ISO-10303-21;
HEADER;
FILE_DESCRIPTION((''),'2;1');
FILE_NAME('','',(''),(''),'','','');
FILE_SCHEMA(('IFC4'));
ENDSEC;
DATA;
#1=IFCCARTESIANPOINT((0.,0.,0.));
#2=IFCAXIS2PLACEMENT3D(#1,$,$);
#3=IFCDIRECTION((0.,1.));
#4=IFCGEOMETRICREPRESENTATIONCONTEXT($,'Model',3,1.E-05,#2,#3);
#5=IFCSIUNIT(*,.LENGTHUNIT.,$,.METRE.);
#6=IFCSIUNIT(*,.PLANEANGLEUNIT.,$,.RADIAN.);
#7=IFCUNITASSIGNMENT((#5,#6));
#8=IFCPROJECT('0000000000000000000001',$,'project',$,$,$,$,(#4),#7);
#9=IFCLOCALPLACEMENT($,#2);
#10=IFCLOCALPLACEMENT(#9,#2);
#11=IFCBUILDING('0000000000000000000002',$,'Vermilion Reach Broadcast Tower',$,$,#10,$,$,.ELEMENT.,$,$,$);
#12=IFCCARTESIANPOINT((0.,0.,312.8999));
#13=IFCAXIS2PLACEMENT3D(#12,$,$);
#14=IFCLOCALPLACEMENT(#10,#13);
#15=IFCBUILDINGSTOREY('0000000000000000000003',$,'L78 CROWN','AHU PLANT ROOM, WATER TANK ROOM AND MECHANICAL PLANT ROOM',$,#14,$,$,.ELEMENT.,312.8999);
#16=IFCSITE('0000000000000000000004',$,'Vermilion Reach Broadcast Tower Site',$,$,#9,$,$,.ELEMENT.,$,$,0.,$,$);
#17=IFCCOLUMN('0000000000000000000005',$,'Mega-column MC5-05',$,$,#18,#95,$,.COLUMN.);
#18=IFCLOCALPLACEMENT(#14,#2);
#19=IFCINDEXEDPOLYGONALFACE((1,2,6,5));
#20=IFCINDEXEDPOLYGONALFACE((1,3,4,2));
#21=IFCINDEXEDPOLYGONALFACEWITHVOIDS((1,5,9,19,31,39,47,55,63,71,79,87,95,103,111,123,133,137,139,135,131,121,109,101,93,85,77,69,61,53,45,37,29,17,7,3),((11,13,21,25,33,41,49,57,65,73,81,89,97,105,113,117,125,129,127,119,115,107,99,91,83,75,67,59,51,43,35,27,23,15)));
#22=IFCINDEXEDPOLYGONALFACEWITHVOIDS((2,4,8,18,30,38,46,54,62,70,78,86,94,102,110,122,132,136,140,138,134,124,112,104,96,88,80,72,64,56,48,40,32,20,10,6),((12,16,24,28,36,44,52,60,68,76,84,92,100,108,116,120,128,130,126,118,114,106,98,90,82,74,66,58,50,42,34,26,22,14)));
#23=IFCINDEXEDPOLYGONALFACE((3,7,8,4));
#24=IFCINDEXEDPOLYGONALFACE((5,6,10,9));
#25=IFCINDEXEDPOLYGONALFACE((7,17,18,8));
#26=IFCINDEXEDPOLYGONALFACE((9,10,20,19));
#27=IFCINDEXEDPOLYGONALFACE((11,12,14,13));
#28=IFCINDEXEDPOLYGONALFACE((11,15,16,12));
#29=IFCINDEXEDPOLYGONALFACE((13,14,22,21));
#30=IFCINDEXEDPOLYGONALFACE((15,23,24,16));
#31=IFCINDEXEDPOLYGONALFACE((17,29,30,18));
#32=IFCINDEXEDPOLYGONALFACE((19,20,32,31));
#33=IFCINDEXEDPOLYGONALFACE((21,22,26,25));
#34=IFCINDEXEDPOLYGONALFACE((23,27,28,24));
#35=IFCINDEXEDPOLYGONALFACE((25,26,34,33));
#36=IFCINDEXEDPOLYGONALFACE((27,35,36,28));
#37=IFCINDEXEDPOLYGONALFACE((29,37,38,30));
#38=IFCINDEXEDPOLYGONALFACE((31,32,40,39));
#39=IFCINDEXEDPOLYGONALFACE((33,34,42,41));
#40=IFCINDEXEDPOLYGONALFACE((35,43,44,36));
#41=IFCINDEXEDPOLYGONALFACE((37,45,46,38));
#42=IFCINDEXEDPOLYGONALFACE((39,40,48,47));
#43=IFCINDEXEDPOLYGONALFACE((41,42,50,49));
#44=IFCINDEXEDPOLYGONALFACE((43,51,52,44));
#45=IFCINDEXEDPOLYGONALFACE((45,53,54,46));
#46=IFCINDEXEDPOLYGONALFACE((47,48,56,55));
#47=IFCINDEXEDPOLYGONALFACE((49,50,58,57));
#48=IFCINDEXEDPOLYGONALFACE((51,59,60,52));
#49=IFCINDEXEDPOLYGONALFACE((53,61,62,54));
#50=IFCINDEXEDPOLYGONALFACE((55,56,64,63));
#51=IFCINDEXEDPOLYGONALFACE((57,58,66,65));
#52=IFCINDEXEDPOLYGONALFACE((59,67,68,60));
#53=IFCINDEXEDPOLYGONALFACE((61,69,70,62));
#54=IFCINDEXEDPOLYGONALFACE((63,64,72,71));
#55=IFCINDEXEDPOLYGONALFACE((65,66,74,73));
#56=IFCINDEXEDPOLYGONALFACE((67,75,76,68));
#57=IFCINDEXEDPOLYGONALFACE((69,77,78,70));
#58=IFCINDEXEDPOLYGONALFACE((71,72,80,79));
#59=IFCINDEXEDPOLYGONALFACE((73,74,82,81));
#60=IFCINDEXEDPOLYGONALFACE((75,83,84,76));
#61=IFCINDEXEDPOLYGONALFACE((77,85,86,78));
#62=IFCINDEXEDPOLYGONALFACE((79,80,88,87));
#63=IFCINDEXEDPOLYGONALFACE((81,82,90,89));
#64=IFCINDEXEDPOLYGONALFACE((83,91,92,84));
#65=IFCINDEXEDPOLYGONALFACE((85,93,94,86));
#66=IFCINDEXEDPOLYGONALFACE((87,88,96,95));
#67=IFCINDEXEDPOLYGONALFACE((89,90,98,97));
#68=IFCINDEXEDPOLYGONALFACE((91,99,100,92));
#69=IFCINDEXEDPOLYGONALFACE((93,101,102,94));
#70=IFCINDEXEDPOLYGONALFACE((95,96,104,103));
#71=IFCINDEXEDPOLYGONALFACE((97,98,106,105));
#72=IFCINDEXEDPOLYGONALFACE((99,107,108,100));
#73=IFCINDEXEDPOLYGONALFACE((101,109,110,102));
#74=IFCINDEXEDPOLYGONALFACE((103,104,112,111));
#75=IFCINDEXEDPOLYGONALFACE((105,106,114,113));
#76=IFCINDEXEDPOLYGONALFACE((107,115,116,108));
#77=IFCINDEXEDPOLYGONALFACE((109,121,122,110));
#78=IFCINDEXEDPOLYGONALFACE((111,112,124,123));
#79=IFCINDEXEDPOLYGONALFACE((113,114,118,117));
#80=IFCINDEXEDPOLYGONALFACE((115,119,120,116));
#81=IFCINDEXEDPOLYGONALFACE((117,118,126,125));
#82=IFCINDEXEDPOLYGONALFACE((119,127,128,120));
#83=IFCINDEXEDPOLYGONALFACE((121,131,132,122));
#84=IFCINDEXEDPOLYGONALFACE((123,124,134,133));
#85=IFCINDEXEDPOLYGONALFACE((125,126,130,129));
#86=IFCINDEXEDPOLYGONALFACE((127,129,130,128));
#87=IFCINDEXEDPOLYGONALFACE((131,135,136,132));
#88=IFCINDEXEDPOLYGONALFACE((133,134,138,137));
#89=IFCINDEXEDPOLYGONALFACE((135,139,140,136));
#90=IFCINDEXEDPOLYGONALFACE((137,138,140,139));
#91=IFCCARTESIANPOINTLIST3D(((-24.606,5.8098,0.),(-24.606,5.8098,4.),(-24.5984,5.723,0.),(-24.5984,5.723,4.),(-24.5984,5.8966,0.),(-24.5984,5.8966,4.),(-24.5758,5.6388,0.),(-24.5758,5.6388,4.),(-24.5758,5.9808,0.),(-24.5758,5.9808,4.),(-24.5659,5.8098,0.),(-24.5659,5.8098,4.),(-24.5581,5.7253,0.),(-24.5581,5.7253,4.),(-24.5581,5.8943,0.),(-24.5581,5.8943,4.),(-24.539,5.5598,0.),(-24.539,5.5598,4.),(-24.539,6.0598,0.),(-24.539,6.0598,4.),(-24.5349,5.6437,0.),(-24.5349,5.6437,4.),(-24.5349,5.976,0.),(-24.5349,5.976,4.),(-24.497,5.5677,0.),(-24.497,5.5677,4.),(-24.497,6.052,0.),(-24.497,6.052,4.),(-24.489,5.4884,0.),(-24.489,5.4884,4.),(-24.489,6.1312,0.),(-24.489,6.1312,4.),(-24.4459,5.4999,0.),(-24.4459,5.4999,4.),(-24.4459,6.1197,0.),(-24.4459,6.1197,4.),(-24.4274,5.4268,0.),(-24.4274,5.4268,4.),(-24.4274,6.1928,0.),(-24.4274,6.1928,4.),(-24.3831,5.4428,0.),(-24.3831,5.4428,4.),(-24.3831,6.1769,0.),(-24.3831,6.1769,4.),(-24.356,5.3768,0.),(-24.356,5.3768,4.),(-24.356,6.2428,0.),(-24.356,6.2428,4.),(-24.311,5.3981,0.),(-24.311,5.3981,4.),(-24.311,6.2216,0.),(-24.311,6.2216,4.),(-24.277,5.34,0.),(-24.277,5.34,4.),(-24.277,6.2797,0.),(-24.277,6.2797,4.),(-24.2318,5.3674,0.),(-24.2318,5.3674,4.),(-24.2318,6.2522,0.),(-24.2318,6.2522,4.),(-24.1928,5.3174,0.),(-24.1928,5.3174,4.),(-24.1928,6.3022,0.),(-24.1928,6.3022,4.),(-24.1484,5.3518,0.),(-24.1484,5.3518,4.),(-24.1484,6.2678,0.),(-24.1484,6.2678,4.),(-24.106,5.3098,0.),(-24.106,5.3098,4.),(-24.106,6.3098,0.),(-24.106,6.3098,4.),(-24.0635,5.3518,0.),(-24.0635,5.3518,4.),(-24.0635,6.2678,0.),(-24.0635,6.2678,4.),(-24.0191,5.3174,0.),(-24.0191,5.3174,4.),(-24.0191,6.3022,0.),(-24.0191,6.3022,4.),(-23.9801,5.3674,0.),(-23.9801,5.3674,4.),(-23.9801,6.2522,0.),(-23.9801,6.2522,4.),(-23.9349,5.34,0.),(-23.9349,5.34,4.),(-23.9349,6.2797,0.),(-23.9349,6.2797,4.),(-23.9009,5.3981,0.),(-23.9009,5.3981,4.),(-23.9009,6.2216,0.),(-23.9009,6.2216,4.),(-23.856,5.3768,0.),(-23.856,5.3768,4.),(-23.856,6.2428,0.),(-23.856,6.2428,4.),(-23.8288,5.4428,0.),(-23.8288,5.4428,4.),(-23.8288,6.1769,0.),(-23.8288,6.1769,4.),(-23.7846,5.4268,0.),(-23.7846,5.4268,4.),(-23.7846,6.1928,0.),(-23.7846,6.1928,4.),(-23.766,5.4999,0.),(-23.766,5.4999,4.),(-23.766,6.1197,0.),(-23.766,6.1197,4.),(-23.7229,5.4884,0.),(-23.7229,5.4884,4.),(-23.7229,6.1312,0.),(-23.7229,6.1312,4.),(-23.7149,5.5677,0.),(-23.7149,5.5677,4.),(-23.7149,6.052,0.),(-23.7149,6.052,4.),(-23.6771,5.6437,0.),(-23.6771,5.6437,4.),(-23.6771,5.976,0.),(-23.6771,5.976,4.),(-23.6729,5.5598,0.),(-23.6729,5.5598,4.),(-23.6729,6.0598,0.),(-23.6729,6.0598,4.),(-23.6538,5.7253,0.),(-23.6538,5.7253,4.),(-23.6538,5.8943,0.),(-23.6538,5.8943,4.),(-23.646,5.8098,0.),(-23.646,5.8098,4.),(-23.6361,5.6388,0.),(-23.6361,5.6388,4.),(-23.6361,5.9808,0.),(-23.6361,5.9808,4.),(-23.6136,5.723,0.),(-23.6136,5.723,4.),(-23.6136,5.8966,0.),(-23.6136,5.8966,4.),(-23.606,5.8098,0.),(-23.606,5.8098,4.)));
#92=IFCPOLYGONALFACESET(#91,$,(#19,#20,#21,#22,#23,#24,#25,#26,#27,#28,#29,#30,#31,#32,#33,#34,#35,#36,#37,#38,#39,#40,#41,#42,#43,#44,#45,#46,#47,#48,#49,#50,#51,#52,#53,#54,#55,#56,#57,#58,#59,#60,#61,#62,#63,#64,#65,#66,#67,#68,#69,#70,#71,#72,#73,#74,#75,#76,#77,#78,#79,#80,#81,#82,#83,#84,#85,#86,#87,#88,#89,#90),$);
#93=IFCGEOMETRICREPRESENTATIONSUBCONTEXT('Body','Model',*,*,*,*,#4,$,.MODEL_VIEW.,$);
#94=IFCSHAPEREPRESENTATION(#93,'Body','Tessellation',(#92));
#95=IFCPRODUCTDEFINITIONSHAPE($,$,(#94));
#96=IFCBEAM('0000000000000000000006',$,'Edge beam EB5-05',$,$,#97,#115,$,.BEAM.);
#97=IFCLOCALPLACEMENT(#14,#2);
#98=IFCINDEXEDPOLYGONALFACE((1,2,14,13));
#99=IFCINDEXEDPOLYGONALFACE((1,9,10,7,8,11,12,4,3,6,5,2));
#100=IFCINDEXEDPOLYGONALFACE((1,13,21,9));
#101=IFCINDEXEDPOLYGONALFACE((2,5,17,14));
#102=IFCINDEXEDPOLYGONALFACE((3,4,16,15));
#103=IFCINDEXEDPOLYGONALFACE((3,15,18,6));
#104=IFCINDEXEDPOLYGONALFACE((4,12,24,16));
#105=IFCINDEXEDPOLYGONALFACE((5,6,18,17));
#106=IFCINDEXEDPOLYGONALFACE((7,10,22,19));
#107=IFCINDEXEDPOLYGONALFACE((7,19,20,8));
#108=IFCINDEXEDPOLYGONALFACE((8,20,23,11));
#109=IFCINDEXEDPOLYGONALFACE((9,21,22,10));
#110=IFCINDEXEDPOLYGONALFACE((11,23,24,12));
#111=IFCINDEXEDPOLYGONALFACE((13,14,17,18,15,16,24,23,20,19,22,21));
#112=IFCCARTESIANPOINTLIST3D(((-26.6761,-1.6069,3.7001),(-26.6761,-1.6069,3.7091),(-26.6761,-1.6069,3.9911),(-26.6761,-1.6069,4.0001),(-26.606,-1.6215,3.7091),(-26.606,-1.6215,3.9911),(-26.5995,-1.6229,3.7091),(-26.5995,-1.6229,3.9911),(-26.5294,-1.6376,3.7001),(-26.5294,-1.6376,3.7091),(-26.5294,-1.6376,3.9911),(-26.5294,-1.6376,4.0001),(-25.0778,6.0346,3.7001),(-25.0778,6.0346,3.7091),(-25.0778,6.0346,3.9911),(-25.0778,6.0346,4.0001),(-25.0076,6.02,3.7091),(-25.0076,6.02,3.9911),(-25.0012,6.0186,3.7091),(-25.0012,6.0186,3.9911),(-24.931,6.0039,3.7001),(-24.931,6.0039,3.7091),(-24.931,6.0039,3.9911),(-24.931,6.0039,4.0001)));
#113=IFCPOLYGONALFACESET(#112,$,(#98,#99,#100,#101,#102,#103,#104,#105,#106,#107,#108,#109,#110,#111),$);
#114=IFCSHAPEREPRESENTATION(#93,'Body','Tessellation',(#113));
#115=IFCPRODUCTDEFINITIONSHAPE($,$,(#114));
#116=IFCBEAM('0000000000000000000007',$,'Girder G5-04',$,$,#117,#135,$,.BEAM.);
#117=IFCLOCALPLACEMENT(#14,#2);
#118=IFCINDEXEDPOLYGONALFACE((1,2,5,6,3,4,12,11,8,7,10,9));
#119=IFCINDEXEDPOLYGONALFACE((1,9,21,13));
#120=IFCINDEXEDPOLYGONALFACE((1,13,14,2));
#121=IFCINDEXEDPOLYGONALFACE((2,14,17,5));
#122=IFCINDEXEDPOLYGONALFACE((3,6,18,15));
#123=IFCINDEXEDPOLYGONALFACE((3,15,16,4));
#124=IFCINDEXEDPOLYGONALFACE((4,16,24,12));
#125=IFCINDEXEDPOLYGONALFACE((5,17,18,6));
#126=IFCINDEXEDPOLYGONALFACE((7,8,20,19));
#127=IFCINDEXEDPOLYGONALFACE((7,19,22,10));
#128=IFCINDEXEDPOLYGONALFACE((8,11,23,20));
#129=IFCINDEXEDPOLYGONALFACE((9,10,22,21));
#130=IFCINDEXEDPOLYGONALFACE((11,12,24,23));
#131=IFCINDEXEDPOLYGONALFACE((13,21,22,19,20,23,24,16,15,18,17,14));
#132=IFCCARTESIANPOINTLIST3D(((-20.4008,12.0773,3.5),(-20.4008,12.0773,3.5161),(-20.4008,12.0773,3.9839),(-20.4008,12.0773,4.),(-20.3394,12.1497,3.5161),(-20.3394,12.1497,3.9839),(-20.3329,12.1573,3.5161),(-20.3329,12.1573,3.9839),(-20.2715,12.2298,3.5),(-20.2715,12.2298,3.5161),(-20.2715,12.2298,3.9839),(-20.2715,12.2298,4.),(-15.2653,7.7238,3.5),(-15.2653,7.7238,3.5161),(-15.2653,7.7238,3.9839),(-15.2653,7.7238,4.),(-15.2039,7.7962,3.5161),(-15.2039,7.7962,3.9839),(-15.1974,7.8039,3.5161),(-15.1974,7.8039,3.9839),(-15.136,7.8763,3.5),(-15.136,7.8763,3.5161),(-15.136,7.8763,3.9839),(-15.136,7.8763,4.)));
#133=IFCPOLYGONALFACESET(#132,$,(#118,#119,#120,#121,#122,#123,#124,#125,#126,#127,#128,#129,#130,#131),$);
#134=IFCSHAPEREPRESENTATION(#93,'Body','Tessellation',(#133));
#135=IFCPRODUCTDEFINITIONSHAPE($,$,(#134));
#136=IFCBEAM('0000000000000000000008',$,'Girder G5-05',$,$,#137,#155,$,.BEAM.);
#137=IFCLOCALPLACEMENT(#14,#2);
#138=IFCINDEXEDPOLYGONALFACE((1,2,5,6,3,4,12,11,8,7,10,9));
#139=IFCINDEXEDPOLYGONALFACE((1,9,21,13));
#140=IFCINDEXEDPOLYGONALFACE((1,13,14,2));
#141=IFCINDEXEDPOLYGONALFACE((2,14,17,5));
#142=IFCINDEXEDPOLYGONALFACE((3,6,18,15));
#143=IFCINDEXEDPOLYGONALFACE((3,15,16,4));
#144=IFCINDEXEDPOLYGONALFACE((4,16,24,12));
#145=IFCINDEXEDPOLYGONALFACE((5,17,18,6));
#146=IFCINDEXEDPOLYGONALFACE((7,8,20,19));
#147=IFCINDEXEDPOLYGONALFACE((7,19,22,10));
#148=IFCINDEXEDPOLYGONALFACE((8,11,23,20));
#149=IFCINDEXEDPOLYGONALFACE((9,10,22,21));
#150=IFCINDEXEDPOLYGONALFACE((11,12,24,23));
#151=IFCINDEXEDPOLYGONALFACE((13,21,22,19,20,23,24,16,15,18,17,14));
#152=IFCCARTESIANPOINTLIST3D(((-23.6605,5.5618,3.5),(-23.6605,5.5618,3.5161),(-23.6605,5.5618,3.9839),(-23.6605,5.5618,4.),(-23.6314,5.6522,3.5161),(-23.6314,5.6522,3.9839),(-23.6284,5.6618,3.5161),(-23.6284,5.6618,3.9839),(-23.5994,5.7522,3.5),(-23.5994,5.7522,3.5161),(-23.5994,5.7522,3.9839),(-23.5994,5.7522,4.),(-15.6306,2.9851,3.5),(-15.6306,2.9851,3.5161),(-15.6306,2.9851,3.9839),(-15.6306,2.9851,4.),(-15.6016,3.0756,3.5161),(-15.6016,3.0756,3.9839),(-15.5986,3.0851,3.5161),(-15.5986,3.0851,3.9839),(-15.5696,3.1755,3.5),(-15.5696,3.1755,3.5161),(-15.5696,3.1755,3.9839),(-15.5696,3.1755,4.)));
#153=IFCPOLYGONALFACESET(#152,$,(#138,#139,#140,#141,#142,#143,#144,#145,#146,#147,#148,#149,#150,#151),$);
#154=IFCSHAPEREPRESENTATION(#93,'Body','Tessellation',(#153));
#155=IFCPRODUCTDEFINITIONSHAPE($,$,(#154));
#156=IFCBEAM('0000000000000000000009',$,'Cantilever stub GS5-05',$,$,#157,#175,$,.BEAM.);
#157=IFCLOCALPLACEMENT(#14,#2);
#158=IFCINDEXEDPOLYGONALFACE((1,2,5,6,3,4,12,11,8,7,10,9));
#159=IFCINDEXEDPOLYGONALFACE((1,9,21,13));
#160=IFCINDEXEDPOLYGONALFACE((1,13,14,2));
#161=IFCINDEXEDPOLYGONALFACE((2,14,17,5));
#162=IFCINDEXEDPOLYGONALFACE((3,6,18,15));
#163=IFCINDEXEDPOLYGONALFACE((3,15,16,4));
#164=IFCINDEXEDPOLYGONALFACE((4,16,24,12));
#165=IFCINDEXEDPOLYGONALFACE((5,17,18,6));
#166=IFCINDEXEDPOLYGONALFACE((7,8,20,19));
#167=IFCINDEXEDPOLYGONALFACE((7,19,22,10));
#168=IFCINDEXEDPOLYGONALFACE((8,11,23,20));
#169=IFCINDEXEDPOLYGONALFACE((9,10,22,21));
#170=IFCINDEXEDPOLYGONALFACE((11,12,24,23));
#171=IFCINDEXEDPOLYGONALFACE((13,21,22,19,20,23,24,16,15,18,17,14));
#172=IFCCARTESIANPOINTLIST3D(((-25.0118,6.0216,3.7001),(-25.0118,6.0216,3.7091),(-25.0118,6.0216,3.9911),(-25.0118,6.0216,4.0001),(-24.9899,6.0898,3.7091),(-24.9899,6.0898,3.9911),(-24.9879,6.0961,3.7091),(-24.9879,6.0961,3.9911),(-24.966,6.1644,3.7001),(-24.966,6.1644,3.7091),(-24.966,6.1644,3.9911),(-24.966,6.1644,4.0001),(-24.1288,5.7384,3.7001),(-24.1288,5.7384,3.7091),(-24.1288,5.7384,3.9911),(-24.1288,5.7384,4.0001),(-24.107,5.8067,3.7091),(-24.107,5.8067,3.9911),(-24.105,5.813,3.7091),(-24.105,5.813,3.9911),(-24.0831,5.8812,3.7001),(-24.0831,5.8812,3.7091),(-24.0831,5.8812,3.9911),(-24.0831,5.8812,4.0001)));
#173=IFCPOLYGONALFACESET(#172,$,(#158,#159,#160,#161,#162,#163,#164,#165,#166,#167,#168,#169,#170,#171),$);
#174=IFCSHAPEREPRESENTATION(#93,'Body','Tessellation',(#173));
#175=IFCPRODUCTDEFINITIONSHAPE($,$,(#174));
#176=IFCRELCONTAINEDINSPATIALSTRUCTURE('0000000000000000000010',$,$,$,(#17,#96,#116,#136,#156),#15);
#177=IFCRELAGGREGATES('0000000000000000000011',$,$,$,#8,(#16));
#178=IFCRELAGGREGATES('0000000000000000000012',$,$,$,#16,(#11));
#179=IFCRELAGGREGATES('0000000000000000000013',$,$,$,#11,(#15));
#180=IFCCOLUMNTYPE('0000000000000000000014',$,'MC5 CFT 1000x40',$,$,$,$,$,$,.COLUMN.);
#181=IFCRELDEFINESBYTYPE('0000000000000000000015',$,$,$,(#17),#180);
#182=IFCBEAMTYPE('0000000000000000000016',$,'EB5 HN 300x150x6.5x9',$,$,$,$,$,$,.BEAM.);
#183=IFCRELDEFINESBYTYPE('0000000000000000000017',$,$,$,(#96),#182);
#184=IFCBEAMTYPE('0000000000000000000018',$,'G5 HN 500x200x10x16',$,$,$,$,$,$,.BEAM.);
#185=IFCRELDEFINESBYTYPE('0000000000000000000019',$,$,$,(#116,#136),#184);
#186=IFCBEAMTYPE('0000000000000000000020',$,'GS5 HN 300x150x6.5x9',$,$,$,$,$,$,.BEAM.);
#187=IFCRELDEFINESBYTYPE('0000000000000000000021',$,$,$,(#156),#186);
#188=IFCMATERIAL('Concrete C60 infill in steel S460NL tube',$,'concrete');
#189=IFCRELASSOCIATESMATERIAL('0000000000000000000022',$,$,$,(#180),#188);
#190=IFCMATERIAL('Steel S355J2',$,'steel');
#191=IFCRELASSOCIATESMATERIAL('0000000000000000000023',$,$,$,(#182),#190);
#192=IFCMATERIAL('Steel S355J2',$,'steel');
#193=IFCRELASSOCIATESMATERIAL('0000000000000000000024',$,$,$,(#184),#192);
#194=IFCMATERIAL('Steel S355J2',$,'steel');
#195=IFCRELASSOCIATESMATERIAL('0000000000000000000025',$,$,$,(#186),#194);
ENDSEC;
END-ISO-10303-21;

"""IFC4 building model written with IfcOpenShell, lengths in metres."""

from ifc_helpers import new_model, si_unit, direction, frame, origin, origin_2d, place, context, subcontext, project, spatial, hollow_circle, i_section, extrude, material, material_profile, profile_set, type_object, element, save


model = new_model("IFC4")

# Units and contexts
model_context = context("Model", 3, precision=1e-05, world=origin(), true_north=direction((0.0, 1.0)))
body_context = subcontext(model_context, "Body", "Model", "MODEL_VIEW")
ifc_project = project(units=[si_unit("LENGTHUNIT", "METRE"), si_unit("PLANEANGLEUNIT", "RADIAN")], contexts=[model_context])

# Site, building, storey
site_placement = place(None, origin())
site = spatial("IfcSite", under=ifc_project, at=site_placement, Name="Vermilion Reach Broadcast Tower Site", CompositionType="ELEMENT", RefElevation=0.0)
building_placement = place(site_placement, origin())
building = spatial("IfcBuilding", under=site, at=building_placement, Name="Vermilion Reach Broadcast Tower", CompositionType="ELEMENT")
storey_placement = place(building_placement, frame((0.0, 0.0, 312.8999)))
storey = spatial("IfcBuildingStorey", under=building, at=storey_placement, Name="L78 CROWN", Description="AHU PLANT ROOM, WATER TANK ROOM AND MECHANICAL PLANT ROOM", CompositionType="ELEMENT", Elevation=312.8999)

# Column
ifc_material_1 = material(Name="Concrete C60 infill in steel S460NL tube", Category="concrete")
ifc_material_profile_1 = material_profile(ifc_material_1, hollow_circle(Radius=0.5, WallThickness=0.04, at=origin_2d()), Name="Concrete C60 infill in steel S460NL tube CFT 1000x40")
ifc_profile_set_1 = profile_set([ifc_material_profile_1], Name="Concrete C60 infill in steel S460NL tube")
column_type = type_object("IfcColumnType", Name="MC5 CFT 1000x40", PredefinedType="COLUMN", material=ifc_profile_set_1)
column_placement = place(storey_placement, frame((-24.106, 5.8098, 0.0), z_axis=(0.0, 0.0, 1.0), x_axis=(1.0, 0.0, 0.0)))
element("IfcColumn", 1, at=column_placement, inside=storey, type_object=column_type, Name="Mega-column MC5-05", PredefinedType="COLUMN", context=body_context, shape_type="SweptSolid", body=[
    extrude(hollow_circle(Radius=0.5, WallThickness=0.04, at=origin_2d()), origin(), (0.0, 0.0, 1.0), 4.0),
])

# Beams
ifc_material_2 = material(Name="Steel S355J2", Category="steel")
ifc_material_profile_2 = material_profile(ifc_material_2, i_section(OverallWidth=0.1499, OverallDepth=0.3, WebThickness=0.0066, FlangeThickness=0.009, at=origin_2d()), Name="S355J2 HN 300x150x6.5x9")
ifc_profile_set_2 = profile_set([ifc_material_profile_2], Name="Steel S355J2")
beam_type_1 = type_object("IfcBeamType", Name="EB5 HN 300x150x6.5x9", PredefinedType="BEAM", material=ifc_profile_set_2)
beam_1_placement = place(storey_placement, frame((-25.0044, 6.0193, 3.8501), z_axis=(-0.204738, -0.978817, 0.0), x_axis=(0.978817, -0.204738, 0.0)))
element("IfcBeam", 2, at=beam_1_placement, inside=storey, type_object=beam_type_1, Name="Edge beam EB5-05", PredefinedType="BEAM", context=body_context, shape_type="SweptSolid", body=[
    extrude(i_section(OverallWidth=0.1499, OverallDepth=0.3, WebThickness=0.0066, FlangeThickness=0.009, at=origin_2d()), origin(), (0.0, 0.0, 1.0), 7.8069),
])
ifc_material_3 = material(Name="Steel S355J2", Category="steel")
ifc_material_profile_3 = material_profile(ifc_material_3, i_section(OverallWidth=0.2, OverallDepth=0.5, WebThickness=0.01, FlangeThickness=0.0161, at=origin_2d()), Name="S355J2 HN 500x200x10x16")
ifc_profile_set_3 = profile_set([ifc_material_profile_3], Name="Steel S355J2")
beam_type_2 = type_object("IfcBeamType", Name="G5 HN 500x200x10x16", PredefinedType="BEAM", material=ifc_profile_set_3)
beam_2_placement = place(storey_placement, frame((-15.2007, 7.8, 3.75), z_axis=(-0.762793, 0.646643, 0.0), x_axis=(-0.646643, -0.762793, 0.0)))
element("IfcBeam", 3, at=beam_2_placement, inside=storey, type_object=beam_type_2, Name="Girder G5-04", PredefinedType="BEAM", context=body_context, shape_type="SweptSolid", body=[
    extrude(i_section(OverallWidth=0.2, OverallDepth=0.5, WebThickness=0.01, FlangeThickness=0.0161, at=origin_2d()), origin(), (0.0, 0.0, 1.0), 6.7324),
])
beam_3_placement = place(storey_placement, frame((-15.6001, 3.0803, 3.75), z_axis=(-0.952178, 0.305542, 0.0), x_axis=(-0.305542, -0.952178, 0.0)))
element("IfcBeam", 4, at=beam_3_placement, inside=storey, type_object=beam_type_2, Name="Girder G5-05", PredefinedType="BEAM", context=body_context, shape_type="SweptSolid", body=[
    extrude(i_section(OverallWidth=0.2, OverallDepth=0.5, WebThickness=0.01, FlangeThickness=0.0161, at=origin_2d()), origin(), (0.0, 0.0, 1.0), 8.4331),
])
ifc_material_4 = material(Name="Steel S355J2", Category="steel")
ifc_material_profile_4 = material_profile(ifc_material_4, i_section(OverallWidth=0.1499, OverallDepth=0.3, WebThickness=0.0066, FlangeThickness=0.009, at=origin_2d()), Name="S355J2 HN 300x150x6.5x9")
ifc_profile_set_4 = profile_set([ifc_material_profile_4], Name="Steel S355J2")
beam_type_3 = type_object("IfcBeamType", Name="GS5 HN 300x150x6.5x9", PredefinedType="BEAM", material=ifc_profile_set_4)
beam_4_placement = place(storey_placement, frame((-24.106, 5.8098, 3.8501), z_axis=(-0.952228, 0.305387, 0.0), x_axis=(-0.305387, -0.952228, 0.0)))
element("IfcBeam", 5, at=beam_4_placement, inside=storey, type_object=beam_type_3, Name="Cantilever stub GS5-05", PredefinedType="BEAM", context=body_context, shape_type="SweptSolid", body=[
    extrude(i_section(OverallWidth=0.1499, OverallDepth=0.3, WebThickness=0.0066, FlangeThickness=0.009, at=origin_2d()), origin(), (0.0, 0.0, 1.0), 0.9272),
])

save(model, "model.ifc")
